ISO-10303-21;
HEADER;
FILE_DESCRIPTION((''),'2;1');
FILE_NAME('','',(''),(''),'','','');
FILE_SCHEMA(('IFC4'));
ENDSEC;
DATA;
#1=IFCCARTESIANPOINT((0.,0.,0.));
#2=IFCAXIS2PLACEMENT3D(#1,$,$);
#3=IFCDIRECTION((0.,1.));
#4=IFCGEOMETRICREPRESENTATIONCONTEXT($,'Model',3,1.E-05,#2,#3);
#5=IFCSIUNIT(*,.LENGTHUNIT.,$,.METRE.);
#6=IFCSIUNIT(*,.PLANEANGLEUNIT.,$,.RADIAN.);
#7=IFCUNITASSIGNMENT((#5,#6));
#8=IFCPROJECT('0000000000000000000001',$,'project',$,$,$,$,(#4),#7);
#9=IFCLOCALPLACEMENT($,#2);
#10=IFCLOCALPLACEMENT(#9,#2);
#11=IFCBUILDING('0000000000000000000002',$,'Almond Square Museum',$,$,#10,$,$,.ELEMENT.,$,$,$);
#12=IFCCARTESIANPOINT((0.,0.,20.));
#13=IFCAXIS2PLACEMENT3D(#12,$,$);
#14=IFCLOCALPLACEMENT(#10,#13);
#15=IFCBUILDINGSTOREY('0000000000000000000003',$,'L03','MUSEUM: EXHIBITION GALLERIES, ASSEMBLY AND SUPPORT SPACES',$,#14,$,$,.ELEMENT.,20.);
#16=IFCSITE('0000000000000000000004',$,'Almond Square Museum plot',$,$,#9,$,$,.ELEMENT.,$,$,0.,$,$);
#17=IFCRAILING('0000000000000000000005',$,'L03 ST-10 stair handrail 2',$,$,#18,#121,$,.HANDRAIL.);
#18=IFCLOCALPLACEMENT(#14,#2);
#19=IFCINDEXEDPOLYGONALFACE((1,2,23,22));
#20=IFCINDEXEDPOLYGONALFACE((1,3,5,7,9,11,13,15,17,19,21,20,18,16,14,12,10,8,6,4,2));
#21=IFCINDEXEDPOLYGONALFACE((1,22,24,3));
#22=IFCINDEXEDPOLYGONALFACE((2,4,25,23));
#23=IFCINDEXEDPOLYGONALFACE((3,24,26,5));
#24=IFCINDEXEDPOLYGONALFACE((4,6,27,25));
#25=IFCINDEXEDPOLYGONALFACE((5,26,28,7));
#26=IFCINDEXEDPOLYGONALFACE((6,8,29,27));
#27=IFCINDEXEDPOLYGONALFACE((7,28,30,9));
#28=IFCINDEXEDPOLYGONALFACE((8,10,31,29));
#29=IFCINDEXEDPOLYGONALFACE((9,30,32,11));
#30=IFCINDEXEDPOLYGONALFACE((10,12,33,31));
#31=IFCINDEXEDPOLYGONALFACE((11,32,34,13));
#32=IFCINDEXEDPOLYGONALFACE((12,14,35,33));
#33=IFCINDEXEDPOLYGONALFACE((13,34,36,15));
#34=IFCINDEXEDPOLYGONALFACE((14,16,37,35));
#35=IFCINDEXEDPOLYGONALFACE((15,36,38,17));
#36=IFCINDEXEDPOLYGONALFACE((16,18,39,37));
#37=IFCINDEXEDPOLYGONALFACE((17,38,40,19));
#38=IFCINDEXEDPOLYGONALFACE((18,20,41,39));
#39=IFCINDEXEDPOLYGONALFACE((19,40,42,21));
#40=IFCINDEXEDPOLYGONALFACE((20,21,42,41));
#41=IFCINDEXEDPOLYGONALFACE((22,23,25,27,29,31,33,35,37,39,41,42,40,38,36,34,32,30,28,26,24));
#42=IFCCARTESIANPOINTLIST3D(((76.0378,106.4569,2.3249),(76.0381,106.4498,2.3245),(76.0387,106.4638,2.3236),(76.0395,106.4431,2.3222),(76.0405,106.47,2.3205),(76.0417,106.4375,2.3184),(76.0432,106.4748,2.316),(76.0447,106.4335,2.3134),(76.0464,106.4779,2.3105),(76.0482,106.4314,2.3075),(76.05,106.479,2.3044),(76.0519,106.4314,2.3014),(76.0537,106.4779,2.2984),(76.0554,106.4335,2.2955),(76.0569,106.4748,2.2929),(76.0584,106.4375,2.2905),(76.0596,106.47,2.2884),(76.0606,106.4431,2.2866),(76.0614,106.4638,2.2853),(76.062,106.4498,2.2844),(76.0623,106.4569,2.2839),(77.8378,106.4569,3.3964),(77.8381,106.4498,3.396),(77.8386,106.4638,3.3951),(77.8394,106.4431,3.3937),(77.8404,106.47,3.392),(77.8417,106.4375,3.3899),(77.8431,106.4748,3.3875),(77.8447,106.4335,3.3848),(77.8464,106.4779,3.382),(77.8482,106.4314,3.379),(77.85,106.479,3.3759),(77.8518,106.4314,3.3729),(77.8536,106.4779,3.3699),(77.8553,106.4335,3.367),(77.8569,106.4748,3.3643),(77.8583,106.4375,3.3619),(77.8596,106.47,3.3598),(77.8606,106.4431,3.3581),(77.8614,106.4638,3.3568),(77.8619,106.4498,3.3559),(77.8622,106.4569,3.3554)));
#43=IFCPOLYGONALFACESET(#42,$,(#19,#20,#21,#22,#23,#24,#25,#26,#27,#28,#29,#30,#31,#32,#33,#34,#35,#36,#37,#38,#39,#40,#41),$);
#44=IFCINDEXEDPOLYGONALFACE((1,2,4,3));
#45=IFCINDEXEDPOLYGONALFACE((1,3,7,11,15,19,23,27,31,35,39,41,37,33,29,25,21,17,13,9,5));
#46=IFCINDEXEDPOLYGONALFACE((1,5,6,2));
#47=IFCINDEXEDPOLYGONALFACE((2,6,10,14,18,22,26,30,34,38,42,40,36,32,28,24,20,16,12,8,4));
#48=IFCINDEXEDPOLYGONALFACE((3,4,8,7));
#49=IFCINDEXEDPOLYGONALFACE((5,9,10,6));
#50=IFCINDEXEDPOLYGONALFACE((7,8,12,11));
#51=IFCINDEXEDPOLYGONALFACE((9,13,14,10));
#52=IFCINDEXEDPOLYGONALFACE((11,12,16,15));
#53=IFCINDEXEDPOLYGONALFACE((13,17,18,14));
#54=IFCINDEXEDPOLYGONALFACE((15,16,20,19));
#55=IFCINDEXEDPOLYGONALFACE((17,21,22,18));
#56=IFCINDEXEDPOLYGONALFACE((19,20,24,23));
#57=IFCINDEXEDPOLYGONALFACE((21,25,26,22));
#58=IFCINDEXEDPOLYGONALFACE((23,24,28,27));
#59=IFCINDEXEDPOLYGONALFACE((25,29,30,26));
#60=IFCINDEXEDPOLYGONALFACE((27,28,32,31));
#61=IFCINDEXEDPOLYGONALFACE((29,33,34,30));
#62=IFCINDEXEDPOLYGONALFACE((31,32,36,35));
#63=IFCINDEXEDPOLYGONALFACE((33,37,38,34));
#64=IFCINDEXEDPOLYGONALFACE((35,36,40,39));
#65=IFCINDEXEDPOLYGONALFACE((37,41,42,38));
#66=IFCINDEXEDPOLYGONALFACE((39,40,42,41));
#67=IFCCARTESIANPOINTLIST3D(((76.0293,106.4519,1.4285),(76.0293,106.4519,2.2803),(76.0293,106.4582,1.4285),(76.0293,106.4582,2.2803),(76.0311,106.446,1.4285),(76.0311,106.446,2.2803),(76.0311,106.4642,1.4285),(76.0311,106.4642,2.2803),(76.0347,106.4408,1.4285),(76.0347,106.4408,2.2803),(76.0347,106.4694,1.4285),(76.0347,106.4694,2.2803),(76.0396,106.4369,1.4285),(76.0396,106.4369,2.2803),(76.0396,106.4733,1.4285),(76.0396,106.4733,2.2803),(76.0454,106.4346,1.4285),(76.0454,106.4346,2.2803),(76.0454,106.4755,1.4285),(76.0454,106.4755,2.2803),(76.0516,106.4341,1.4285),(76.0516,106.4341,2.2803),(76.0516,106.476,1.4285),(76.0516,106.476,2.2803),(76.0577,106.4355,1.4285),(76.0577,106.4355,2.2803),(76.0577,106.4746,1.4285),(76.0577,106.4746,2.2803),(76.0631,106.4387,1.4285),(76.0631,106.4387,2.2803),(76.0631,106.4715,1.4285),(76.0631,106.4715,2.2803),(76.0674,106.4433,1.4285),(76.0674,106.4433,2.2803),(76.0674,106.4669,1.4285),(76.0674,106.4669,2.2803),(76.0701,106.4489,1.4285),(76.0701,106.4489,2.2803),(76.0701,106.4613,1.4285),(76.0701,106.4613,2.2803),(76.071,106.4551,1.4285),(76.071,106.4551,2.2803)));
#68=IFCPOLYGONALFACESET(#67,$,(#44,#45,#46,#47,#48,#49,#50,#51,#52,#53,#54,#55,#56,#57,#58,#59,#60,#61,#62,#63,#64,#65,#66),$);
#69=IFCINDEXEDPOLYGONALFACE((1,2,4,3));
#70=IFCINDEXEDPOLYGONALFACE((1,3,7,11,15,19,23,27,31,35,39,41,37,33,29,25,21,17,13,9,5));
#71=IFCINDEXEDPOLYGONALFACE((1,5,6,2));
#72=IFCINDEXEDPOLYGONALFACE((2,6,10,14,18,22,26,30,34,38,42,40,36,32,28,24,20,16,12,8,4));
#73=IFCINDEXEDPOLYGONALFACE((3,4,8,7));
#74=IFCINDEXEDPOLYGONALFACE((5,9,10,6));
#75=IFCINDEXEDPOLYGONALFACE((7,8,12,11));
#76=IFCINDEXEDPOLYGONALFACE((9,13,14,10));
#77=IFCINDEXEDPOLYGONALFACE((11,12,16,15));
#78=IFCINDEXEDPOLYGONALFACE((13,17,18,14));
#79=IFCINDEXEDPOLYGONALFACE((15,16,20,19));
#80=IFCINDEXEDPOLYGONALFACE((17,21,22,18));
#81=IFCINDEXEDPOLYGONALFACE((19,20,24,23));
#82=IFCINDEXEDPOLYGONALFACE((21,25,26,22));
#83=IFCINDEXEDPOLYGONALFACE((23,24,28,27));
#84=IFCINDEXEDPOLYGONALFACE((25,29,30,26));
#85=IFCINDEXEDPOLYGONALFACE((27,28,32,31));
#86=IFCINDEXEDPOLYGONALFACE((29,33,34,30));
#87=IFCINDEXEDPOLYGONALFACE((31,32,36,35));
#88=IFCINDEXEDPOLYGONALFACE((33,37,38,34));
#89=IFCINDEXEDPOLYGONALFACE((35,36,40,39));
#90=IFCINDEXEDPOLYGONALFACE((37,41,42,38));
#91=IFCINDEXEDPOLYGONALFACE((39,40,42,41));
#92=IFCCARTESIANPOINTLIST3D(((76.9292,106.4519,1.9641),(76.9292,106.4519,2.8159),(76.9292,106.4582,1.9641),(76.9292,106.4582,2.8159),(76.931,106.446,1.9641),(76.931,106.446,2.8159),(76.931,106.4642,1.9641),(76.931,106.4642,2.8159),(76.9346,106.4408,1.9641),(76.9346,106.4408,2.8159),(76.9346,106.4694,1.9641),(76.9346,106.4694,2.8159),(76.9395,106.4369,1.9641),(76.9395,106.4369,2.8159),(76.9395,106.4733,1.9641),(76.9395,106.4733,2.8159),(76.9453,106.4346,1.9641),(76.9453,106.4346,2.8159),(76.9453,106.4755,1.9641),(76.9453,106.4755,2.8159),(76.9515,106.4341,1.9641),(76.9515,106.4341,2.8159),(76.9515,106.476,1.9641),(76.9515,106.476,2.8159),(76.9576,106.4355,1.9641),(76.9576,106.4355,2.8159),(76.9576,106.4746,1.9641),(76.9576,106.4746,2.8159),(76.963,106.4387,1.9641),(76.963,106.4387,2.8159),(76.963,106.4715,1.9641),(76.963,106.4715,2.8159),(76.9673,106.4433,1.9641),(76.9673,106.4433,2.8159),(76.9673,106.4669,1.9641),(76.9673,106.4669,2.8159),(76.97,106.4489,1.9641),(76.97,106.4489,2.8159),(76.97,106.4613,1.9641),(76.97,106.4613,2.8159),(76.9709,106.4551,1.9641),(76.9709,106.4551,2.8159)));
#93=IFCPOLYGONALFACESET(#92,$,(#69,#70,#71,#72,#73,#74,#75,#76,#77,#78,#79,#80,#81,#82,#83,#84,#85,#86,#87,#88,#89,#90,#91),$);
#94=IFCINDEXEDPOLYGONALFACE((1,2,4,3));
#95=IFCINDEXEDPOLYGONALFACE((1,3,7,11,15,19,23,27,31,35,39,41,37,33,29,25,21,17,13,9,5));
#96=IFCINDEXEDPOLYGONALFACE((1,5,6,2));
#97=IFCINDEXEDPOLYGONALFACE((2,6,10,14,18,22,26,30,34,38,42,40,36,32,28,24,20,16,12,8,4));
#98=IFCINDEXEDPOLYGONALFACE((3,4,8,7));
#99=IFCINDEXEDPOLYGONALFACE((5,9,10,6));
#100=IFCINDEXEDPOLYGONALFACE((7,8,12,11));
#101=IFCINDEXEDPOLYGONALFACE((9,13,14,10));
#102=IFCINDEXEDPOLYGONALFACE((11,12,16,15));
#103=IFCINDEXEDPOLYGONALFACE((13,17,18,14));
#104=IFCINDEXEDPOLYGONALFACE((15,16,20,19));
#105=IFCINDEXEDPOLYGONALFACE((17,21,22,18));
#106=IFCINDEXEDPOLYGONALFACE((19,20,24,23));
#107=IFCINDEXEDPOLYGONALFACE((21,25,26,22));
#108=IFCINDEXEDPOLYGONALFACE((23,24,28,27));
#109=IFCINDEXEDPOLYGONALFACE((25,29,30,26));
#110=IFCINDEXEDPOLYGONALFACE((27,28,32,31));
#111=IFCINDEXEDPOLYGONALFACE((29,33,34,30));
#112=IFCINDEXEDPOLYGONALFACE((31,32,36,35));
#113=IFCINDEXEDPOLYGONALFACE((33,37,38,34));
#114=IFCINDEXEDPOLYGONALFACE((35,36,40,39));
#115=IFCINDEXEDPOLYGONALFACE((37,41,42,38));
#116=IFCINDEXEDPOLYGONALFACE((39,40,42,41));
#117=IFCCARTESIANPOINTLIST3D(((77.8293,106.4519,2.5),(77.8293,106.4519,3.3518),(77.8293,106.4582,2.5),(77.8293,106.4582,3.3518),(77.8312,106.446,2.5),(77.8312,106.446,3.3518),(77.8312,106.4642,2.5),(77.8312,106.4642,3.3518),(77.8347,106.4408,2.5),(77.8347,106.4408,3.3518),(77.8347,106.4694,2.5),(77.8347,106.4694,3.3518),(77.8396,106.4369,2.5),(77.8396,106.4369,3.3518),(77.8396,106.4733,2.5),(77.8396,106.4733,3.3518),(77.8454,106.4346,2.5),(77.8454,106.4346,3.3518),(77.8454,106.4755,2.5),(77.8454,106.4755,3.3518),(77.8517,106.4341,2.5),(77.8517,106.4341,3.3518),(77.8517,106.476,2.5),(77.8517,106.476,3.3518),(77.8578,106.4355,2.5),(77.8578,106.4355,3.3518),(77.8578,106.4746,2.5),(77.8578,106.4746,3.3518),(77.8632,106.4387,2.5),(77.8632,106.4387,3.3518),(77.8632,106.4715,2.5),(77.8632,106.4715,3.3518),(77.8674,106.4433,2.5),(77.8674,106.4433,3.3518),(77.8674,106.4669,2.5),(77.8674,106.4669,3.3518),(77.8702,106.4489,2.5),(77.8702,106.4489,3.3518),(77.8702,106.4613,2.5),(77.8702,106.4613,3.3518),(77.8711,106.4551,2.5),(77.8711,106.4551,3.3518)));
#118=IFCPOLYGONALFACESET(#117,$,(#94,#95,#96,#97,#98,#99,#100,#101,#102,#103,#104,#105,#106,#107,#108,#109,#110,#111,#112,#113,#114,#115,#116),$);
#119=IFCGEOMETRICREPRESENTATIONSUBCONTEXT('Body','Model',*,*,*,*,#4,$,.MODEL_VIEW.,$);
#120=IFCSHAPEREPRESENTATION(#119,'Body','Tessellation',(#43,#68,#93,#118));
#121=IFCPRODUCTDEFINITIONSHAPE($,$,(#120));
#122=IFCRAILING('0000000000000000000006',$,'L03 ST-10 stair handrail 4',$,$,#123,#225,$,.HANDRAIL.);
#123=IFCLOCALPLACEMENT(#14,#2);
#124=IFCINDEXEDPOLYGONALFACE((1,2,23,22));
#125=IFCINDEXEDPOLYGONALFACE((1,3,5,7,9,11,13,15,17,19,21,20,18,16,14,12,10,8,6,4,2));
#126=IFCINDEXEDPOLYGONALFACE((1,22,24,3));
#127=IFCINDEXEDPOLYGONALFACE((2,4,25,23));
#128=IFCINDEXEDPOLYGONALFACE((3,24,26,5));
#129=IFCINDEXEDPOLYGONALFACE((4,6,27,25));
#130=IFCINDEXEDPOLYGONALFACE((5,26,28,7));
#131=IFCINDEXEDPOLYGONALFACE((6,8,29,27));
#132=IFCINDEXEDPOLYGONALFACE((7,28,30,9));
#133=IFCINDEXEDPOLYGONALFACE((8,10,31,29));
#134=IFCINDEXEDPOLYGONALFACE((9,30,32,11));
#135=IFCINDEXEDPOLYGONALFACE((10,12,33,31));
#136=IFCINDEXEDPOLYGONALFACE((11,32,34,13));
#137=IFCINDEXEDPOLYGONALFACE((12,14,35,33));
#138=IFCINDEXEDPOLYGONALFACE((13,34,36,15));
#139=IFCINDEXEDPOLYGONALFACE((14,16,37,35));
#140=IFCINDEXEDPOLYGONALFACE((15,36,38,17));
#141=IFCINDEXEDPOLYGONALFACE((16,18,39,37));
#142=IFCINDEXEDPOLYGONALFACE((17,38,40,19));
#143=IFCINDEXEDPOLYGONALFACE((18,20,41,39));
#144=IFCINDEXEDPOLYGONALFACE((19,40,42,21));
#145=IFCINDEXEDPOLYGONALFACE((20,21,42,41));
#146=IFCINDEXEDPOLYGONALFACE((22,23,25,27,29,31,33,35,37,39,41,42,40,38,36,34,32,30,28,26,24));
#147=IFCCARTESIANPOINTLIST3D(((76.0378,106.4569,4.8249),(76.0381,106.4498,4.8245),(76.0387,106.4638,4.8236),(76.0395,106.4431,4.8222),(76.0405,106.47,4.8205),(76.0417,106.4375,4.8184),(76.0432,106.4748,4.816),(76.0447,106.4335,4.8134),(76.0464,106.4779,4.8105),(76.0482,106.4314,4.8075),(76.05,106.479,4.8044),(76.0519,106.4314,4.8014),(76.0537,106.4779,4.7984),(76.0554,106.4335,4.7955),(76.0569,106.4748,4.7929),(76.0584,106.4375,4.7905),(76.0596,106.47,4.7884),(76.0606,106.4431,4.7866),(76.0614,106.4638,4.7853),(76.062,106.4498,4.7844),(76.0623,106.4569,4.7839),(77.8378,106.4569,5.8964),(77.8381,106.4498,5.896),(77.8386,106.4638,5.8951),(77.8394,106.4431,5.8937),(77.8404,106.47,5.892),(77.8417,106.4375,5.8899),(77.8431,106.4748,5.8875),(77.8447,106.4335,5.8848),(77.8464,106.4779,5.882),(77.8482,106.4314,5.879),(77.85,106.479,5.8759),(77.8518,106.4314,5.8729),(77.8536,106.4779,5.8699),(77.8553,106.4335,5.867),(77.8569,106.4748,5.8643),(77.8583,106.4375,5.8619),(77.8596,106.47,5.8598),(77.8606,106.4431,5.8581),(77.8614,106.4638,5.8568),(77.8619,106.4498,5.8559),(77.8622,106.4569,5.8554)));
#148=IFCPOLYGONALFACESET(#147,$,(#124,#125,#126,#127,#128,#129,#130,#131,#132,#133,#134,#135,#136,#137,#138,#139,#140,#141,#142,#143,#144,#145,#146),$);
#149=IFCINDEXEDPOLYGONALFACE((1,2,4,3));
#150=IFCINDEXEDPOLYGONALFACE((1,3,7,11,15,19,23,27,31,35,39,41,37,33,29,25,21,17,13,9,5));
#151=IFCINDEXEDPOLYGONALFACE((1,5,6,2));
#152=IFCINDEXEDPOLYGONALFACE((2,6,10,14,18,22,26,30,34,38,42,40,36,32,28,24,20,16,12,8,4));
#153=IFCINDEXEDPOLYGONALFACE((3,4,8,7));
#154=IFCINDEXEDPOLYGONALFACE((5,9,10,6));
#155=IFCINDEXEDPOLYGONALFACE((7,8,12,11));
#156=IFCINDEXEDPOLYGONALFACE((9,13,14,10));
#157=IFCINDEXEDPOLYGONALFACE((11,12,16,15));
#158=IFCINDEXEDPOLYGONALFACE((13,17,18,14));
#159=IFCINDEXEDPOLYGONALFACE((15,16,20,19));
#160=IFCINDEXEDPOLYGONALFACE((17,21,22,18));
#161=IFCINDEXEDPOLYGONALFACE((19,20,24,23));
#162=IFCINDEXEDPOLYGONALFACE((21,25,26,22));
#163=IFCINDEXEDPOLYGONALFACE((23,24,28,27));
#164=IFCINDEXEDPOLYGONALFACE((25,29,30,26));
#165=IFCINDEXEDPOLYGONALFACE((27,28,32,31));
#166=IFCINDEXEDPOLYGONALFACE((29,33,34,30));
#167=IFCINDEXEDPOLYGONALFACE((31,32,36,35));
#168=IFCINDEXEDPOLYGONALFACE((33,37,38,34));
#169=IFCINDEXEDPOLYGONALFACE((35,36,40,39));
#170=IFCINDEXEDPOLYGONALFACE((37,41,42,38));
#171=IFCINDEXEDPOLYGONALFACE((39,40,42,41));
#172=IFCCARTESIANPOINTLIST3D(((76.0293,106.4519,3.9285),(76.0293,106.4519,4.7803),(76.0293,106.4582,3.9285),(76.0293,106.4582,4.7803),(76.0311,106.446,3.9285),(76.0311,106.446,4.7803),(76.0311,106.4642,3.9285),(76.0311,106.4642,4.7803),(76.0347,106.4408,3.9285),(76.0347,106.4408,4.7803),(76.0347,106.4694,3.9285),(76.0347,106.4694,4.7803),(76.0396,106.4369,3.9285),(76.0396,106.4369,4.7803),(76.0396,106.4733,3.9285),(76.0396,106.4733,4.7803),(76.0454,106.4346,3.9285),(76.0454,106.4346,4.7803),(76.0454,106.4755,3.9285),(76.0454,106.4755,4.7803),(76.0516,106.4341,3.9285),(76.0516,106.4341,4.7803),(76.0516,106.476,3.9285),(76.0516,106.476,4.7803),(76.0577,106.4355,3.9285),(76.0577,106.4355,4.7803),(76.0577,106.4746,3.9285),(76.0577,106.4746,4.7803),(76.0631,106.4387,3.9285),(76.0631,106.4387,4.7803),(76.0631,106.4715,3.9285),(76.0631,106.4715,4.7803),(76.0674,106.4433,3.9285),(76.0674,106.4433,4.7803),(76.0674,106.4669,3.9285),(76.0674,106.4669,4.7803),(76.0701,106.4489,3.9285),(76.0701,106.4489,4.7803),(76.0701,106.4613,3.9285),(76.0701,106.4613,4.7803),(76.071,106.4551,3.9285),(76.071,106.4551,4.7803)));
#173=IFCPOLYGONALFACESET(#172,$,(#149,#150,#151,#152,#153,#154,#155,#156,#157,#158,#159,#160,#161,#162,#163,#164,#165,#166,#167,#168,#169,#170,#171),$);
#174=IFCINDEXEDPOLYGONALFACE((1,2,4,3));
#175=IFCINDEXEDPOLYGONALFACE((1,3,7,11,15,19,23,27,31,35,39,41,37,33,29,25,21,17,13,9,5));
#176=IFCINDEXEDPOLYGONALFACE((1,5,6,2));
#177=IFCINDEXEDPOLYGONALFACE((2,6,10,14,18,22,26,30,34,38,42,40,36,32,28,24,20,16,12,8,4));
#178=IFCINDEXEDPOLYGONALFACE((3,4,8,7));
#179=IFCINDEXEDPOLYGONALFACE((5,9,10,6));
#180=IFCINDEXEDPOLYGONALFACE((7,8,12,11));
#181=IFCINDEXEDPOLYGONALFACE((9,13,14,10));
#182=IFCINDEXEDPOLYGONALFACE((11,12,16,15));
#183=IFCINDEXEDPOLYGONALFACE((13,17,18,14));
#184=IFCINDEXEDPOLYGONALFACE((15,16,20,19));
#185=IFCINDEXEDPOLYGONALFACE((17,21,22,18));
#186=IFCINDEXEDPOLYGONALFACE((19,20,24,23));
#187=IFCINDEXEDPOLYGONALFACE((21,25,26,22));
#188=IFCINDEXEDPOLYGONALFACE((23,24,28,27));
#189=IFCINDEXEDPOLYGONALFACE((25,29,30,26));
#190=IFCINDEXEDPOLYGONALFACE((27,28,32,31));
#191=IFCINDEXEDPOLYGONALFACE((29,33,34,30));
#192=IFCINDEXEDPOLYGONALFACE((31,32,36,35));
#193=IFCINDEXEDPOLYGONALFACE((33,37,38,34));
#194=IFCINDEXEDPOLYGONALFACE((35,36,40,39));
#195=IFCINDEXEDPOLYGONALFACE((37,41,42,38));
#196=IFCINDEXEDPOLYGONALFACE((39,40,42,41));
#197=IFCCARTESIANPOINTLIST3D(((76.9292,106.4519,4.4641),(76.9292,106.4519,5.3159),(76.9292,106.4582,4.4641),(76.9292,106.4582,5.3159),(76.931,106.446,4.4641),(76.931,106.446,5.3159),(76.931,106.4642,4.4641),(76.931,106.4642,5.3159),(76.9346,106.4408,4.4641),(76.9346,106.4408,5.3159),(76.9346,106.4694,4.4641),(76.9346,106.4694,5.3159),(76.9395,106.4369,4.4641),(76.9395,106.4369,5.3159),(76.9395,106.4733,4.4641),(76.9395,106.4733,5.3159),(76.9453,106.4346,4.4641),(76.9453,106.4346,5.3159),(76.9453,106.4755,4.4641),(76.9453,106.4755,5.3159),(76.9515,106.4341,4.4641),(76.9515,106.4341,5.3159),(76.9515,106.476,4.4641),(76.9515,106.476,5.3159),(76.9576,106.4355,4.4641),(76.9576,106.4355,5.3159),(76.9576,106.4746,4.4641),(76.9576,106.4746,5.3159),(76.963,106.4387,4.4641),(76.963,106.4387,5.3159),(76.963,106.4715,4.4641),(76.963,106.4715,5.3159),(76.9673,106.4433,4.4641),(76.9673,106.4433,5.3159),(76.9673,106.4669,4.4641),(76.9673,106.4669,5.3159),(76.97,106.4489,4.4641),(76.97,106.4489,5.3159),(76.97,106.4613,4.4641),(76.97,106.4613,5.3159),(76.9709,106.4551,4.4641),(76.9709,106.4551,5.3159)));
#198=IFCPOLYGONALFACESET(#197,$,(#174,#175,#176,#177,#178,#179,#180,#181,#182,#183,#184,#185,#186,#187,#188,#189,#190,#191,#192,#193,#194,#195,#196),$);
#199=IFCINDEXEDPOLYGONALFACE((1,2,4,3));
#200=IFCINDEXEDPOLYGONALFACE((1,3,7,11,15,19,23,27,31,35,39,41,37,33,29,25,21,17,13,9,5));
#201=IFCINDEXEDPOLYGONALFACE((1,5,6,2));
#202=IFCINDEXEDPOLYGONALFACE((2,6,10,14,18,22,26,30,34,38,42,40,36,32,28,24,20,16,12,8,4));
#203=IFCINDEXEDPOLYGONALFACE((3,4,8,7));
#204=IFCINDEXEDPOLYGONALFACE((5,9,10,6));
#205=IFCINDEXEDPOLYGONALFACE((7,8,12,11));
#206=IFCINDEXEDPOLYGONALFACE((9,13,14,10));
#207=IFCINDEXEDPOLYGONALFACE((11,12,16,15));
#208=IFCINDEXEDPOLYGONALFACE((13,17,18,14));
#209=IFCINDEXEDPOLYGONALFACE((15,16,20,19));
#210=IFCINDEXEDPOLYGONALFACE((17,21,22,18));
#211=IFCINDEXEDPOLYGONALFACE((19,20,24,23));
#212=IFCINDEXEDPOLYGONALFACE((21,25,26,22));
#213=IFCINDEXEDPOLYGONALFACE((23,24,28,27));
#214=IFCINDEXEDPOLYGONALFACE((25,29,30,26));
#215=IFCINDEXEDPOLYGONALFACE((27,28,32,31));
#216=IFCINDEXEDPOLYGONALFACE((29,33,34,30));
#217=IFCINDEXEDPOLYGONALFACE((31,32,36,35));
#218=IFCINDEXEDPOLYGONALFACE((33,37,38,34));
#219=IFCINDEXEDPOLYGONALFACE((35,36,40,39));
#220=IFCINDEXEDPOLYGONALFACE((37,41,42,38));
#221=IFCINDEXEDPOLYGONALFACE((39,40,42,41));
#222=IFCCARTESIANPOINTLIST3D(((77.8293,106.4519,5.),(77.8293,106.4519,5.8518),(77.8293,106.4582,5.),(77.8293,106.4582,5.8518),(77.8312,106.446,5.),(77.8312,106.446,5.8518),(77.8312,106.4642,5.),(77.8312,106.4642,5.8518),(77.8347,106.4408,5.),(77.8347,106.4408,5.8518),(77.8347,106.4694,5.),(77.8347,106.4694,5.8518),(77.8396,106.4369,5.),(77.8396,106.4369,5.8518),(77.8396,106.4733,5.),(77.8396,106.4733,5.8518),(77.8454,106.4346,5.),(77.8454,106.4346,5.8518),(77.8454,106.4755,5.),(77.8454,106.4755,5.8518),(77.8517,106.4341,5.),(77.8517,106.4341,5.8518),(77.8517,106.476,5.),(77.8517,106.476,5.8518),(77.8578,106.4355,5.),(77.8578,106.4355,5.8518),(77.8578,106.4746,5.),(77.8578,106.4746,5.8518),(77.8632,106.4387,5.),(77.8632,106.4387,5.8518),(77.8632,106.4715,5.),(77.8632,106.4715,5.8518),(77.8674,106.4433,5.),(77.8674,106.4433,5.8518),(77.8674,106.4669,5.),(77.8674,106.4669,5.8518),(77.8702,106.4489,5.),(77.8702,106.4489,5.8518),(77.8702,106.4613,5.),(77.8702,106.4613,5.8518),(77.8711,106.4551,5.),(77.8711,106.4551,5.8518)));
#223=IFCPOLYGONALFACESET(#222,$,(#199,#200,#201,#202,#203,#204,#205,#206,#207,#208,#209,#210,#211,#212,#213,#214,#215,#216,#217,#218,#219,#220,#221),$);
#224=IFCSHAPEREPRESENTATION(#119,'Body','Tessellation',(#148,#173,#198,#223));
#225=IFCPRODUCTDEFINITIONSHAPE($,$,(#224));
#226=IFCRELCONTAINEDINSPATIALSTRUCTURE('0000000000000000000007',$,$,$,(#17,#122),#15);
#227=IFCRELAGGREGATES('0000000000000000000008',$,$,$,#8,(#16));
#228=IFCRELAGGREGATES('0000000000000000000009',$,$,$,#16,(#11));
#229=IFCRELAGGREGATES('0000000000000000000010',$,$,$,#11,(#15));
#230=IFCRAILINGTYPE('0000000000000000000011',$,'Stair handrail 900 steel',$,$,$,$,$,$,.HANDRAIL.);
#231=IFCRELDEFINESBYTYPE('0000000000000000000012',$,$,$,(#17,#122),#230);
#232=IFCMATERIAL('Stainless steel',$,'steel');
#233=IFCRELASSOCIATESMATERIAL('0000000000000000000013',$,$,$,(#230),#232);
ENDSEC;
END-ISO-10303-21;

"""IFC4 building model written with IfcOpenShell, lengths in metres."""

from ifc_helpers import new_model, si_unit, direction, frame, origin, origin_2d, place, context, subcontext, project, spatial, circle, extrude, material, type_object, element, save


model = new_model("IFC4")

# Units and contexts
model_context = context("Model", 3, precision=1e-05, world=origin(), true_north=direction((0.0, 1.0)))
body_context = subcontext(model_context, "Body", "Model", "MODEL_VIEW")
ifc_project = project(units=[si_unit("LENGTHUNIT", "METRE"), si_unit("PLANEANGLEUNIT", "RADIAN")], contexts=[model_context])

# Site, building, storey
site_placement = place(None, origin())
site = spatial("IfcSite", under=ifc_project, at=site_placement, Name="Almond Square Museum plot", CompositionType="ELEMENT", RefElevation=0.0)
building_placement = place(site_placement, origin())
building = spatial("IfcBuilding", under=site, at=building_placement, Name="Almond Square Museum", CompositionType="ELEMENT")
storey_placement = place(building_placement, frame((0.0, 0.0, 20.0)))
storey = spatial("IfcBuildingStorey", under=building, at=storey_placement, Name="L03", Description="MUSEUM: EXHIBITION GALLERIES, ASSEMBLY AND SUPPORT SPACES", CompositionType="ELEMENT", Elevation=20.0)

# Railings
ifc_material_1 = material(Name="Stainless steel", Category="steel")
railing_type_1 = type_object("IfcRailingType", Name="Stair handrail 900 steel", PredefinedType="HANDRAIL", material=ifc_material_1)
for number, where, name in (
    (1, (76.05, 106.4551, 1.4285), "L03 ST-10 stair handrail 2"),
    (2, (76.05, 106.4551, 3.9285), "L03 ST-10 stair handrail 4"),
):
    element("IfcRailing", number, at=place(storey_placement, frame(where)), inside=storey, type_object=railing_type_1, Name=name, PredefinedType="HANDRAIL", context=body_context, shape_type="SweptSolid", body=[
        extrude(circle(Radius=0.0239, at=origin_2d()), frame((0.0, 0.0, 0.876), z_axis=(0.859277, 0.0, 0.51151), x_axis=(0.0, 1.0, 0.0)), (0.0, 0.0, 1.0), 2.0947),
        extrude(circle(Radius=0.021, at=origin_2d()), origin(), (0.0, 0.0, 1.0), 0.8518),
        extrude(circle(Radius=0.021, at=origin_2d()), frame((0.8999, 0.0, 0.5356)), (0.0, 0.0, 1.0), 0.8518),
        extrude(circle(Radius=0.021, at=origin_2d()), frame((1.8, 0.0, 1.0715)), (0.0, 0.0, 1.0), 0.8518),
    ])

save(model, "model.ifc")
